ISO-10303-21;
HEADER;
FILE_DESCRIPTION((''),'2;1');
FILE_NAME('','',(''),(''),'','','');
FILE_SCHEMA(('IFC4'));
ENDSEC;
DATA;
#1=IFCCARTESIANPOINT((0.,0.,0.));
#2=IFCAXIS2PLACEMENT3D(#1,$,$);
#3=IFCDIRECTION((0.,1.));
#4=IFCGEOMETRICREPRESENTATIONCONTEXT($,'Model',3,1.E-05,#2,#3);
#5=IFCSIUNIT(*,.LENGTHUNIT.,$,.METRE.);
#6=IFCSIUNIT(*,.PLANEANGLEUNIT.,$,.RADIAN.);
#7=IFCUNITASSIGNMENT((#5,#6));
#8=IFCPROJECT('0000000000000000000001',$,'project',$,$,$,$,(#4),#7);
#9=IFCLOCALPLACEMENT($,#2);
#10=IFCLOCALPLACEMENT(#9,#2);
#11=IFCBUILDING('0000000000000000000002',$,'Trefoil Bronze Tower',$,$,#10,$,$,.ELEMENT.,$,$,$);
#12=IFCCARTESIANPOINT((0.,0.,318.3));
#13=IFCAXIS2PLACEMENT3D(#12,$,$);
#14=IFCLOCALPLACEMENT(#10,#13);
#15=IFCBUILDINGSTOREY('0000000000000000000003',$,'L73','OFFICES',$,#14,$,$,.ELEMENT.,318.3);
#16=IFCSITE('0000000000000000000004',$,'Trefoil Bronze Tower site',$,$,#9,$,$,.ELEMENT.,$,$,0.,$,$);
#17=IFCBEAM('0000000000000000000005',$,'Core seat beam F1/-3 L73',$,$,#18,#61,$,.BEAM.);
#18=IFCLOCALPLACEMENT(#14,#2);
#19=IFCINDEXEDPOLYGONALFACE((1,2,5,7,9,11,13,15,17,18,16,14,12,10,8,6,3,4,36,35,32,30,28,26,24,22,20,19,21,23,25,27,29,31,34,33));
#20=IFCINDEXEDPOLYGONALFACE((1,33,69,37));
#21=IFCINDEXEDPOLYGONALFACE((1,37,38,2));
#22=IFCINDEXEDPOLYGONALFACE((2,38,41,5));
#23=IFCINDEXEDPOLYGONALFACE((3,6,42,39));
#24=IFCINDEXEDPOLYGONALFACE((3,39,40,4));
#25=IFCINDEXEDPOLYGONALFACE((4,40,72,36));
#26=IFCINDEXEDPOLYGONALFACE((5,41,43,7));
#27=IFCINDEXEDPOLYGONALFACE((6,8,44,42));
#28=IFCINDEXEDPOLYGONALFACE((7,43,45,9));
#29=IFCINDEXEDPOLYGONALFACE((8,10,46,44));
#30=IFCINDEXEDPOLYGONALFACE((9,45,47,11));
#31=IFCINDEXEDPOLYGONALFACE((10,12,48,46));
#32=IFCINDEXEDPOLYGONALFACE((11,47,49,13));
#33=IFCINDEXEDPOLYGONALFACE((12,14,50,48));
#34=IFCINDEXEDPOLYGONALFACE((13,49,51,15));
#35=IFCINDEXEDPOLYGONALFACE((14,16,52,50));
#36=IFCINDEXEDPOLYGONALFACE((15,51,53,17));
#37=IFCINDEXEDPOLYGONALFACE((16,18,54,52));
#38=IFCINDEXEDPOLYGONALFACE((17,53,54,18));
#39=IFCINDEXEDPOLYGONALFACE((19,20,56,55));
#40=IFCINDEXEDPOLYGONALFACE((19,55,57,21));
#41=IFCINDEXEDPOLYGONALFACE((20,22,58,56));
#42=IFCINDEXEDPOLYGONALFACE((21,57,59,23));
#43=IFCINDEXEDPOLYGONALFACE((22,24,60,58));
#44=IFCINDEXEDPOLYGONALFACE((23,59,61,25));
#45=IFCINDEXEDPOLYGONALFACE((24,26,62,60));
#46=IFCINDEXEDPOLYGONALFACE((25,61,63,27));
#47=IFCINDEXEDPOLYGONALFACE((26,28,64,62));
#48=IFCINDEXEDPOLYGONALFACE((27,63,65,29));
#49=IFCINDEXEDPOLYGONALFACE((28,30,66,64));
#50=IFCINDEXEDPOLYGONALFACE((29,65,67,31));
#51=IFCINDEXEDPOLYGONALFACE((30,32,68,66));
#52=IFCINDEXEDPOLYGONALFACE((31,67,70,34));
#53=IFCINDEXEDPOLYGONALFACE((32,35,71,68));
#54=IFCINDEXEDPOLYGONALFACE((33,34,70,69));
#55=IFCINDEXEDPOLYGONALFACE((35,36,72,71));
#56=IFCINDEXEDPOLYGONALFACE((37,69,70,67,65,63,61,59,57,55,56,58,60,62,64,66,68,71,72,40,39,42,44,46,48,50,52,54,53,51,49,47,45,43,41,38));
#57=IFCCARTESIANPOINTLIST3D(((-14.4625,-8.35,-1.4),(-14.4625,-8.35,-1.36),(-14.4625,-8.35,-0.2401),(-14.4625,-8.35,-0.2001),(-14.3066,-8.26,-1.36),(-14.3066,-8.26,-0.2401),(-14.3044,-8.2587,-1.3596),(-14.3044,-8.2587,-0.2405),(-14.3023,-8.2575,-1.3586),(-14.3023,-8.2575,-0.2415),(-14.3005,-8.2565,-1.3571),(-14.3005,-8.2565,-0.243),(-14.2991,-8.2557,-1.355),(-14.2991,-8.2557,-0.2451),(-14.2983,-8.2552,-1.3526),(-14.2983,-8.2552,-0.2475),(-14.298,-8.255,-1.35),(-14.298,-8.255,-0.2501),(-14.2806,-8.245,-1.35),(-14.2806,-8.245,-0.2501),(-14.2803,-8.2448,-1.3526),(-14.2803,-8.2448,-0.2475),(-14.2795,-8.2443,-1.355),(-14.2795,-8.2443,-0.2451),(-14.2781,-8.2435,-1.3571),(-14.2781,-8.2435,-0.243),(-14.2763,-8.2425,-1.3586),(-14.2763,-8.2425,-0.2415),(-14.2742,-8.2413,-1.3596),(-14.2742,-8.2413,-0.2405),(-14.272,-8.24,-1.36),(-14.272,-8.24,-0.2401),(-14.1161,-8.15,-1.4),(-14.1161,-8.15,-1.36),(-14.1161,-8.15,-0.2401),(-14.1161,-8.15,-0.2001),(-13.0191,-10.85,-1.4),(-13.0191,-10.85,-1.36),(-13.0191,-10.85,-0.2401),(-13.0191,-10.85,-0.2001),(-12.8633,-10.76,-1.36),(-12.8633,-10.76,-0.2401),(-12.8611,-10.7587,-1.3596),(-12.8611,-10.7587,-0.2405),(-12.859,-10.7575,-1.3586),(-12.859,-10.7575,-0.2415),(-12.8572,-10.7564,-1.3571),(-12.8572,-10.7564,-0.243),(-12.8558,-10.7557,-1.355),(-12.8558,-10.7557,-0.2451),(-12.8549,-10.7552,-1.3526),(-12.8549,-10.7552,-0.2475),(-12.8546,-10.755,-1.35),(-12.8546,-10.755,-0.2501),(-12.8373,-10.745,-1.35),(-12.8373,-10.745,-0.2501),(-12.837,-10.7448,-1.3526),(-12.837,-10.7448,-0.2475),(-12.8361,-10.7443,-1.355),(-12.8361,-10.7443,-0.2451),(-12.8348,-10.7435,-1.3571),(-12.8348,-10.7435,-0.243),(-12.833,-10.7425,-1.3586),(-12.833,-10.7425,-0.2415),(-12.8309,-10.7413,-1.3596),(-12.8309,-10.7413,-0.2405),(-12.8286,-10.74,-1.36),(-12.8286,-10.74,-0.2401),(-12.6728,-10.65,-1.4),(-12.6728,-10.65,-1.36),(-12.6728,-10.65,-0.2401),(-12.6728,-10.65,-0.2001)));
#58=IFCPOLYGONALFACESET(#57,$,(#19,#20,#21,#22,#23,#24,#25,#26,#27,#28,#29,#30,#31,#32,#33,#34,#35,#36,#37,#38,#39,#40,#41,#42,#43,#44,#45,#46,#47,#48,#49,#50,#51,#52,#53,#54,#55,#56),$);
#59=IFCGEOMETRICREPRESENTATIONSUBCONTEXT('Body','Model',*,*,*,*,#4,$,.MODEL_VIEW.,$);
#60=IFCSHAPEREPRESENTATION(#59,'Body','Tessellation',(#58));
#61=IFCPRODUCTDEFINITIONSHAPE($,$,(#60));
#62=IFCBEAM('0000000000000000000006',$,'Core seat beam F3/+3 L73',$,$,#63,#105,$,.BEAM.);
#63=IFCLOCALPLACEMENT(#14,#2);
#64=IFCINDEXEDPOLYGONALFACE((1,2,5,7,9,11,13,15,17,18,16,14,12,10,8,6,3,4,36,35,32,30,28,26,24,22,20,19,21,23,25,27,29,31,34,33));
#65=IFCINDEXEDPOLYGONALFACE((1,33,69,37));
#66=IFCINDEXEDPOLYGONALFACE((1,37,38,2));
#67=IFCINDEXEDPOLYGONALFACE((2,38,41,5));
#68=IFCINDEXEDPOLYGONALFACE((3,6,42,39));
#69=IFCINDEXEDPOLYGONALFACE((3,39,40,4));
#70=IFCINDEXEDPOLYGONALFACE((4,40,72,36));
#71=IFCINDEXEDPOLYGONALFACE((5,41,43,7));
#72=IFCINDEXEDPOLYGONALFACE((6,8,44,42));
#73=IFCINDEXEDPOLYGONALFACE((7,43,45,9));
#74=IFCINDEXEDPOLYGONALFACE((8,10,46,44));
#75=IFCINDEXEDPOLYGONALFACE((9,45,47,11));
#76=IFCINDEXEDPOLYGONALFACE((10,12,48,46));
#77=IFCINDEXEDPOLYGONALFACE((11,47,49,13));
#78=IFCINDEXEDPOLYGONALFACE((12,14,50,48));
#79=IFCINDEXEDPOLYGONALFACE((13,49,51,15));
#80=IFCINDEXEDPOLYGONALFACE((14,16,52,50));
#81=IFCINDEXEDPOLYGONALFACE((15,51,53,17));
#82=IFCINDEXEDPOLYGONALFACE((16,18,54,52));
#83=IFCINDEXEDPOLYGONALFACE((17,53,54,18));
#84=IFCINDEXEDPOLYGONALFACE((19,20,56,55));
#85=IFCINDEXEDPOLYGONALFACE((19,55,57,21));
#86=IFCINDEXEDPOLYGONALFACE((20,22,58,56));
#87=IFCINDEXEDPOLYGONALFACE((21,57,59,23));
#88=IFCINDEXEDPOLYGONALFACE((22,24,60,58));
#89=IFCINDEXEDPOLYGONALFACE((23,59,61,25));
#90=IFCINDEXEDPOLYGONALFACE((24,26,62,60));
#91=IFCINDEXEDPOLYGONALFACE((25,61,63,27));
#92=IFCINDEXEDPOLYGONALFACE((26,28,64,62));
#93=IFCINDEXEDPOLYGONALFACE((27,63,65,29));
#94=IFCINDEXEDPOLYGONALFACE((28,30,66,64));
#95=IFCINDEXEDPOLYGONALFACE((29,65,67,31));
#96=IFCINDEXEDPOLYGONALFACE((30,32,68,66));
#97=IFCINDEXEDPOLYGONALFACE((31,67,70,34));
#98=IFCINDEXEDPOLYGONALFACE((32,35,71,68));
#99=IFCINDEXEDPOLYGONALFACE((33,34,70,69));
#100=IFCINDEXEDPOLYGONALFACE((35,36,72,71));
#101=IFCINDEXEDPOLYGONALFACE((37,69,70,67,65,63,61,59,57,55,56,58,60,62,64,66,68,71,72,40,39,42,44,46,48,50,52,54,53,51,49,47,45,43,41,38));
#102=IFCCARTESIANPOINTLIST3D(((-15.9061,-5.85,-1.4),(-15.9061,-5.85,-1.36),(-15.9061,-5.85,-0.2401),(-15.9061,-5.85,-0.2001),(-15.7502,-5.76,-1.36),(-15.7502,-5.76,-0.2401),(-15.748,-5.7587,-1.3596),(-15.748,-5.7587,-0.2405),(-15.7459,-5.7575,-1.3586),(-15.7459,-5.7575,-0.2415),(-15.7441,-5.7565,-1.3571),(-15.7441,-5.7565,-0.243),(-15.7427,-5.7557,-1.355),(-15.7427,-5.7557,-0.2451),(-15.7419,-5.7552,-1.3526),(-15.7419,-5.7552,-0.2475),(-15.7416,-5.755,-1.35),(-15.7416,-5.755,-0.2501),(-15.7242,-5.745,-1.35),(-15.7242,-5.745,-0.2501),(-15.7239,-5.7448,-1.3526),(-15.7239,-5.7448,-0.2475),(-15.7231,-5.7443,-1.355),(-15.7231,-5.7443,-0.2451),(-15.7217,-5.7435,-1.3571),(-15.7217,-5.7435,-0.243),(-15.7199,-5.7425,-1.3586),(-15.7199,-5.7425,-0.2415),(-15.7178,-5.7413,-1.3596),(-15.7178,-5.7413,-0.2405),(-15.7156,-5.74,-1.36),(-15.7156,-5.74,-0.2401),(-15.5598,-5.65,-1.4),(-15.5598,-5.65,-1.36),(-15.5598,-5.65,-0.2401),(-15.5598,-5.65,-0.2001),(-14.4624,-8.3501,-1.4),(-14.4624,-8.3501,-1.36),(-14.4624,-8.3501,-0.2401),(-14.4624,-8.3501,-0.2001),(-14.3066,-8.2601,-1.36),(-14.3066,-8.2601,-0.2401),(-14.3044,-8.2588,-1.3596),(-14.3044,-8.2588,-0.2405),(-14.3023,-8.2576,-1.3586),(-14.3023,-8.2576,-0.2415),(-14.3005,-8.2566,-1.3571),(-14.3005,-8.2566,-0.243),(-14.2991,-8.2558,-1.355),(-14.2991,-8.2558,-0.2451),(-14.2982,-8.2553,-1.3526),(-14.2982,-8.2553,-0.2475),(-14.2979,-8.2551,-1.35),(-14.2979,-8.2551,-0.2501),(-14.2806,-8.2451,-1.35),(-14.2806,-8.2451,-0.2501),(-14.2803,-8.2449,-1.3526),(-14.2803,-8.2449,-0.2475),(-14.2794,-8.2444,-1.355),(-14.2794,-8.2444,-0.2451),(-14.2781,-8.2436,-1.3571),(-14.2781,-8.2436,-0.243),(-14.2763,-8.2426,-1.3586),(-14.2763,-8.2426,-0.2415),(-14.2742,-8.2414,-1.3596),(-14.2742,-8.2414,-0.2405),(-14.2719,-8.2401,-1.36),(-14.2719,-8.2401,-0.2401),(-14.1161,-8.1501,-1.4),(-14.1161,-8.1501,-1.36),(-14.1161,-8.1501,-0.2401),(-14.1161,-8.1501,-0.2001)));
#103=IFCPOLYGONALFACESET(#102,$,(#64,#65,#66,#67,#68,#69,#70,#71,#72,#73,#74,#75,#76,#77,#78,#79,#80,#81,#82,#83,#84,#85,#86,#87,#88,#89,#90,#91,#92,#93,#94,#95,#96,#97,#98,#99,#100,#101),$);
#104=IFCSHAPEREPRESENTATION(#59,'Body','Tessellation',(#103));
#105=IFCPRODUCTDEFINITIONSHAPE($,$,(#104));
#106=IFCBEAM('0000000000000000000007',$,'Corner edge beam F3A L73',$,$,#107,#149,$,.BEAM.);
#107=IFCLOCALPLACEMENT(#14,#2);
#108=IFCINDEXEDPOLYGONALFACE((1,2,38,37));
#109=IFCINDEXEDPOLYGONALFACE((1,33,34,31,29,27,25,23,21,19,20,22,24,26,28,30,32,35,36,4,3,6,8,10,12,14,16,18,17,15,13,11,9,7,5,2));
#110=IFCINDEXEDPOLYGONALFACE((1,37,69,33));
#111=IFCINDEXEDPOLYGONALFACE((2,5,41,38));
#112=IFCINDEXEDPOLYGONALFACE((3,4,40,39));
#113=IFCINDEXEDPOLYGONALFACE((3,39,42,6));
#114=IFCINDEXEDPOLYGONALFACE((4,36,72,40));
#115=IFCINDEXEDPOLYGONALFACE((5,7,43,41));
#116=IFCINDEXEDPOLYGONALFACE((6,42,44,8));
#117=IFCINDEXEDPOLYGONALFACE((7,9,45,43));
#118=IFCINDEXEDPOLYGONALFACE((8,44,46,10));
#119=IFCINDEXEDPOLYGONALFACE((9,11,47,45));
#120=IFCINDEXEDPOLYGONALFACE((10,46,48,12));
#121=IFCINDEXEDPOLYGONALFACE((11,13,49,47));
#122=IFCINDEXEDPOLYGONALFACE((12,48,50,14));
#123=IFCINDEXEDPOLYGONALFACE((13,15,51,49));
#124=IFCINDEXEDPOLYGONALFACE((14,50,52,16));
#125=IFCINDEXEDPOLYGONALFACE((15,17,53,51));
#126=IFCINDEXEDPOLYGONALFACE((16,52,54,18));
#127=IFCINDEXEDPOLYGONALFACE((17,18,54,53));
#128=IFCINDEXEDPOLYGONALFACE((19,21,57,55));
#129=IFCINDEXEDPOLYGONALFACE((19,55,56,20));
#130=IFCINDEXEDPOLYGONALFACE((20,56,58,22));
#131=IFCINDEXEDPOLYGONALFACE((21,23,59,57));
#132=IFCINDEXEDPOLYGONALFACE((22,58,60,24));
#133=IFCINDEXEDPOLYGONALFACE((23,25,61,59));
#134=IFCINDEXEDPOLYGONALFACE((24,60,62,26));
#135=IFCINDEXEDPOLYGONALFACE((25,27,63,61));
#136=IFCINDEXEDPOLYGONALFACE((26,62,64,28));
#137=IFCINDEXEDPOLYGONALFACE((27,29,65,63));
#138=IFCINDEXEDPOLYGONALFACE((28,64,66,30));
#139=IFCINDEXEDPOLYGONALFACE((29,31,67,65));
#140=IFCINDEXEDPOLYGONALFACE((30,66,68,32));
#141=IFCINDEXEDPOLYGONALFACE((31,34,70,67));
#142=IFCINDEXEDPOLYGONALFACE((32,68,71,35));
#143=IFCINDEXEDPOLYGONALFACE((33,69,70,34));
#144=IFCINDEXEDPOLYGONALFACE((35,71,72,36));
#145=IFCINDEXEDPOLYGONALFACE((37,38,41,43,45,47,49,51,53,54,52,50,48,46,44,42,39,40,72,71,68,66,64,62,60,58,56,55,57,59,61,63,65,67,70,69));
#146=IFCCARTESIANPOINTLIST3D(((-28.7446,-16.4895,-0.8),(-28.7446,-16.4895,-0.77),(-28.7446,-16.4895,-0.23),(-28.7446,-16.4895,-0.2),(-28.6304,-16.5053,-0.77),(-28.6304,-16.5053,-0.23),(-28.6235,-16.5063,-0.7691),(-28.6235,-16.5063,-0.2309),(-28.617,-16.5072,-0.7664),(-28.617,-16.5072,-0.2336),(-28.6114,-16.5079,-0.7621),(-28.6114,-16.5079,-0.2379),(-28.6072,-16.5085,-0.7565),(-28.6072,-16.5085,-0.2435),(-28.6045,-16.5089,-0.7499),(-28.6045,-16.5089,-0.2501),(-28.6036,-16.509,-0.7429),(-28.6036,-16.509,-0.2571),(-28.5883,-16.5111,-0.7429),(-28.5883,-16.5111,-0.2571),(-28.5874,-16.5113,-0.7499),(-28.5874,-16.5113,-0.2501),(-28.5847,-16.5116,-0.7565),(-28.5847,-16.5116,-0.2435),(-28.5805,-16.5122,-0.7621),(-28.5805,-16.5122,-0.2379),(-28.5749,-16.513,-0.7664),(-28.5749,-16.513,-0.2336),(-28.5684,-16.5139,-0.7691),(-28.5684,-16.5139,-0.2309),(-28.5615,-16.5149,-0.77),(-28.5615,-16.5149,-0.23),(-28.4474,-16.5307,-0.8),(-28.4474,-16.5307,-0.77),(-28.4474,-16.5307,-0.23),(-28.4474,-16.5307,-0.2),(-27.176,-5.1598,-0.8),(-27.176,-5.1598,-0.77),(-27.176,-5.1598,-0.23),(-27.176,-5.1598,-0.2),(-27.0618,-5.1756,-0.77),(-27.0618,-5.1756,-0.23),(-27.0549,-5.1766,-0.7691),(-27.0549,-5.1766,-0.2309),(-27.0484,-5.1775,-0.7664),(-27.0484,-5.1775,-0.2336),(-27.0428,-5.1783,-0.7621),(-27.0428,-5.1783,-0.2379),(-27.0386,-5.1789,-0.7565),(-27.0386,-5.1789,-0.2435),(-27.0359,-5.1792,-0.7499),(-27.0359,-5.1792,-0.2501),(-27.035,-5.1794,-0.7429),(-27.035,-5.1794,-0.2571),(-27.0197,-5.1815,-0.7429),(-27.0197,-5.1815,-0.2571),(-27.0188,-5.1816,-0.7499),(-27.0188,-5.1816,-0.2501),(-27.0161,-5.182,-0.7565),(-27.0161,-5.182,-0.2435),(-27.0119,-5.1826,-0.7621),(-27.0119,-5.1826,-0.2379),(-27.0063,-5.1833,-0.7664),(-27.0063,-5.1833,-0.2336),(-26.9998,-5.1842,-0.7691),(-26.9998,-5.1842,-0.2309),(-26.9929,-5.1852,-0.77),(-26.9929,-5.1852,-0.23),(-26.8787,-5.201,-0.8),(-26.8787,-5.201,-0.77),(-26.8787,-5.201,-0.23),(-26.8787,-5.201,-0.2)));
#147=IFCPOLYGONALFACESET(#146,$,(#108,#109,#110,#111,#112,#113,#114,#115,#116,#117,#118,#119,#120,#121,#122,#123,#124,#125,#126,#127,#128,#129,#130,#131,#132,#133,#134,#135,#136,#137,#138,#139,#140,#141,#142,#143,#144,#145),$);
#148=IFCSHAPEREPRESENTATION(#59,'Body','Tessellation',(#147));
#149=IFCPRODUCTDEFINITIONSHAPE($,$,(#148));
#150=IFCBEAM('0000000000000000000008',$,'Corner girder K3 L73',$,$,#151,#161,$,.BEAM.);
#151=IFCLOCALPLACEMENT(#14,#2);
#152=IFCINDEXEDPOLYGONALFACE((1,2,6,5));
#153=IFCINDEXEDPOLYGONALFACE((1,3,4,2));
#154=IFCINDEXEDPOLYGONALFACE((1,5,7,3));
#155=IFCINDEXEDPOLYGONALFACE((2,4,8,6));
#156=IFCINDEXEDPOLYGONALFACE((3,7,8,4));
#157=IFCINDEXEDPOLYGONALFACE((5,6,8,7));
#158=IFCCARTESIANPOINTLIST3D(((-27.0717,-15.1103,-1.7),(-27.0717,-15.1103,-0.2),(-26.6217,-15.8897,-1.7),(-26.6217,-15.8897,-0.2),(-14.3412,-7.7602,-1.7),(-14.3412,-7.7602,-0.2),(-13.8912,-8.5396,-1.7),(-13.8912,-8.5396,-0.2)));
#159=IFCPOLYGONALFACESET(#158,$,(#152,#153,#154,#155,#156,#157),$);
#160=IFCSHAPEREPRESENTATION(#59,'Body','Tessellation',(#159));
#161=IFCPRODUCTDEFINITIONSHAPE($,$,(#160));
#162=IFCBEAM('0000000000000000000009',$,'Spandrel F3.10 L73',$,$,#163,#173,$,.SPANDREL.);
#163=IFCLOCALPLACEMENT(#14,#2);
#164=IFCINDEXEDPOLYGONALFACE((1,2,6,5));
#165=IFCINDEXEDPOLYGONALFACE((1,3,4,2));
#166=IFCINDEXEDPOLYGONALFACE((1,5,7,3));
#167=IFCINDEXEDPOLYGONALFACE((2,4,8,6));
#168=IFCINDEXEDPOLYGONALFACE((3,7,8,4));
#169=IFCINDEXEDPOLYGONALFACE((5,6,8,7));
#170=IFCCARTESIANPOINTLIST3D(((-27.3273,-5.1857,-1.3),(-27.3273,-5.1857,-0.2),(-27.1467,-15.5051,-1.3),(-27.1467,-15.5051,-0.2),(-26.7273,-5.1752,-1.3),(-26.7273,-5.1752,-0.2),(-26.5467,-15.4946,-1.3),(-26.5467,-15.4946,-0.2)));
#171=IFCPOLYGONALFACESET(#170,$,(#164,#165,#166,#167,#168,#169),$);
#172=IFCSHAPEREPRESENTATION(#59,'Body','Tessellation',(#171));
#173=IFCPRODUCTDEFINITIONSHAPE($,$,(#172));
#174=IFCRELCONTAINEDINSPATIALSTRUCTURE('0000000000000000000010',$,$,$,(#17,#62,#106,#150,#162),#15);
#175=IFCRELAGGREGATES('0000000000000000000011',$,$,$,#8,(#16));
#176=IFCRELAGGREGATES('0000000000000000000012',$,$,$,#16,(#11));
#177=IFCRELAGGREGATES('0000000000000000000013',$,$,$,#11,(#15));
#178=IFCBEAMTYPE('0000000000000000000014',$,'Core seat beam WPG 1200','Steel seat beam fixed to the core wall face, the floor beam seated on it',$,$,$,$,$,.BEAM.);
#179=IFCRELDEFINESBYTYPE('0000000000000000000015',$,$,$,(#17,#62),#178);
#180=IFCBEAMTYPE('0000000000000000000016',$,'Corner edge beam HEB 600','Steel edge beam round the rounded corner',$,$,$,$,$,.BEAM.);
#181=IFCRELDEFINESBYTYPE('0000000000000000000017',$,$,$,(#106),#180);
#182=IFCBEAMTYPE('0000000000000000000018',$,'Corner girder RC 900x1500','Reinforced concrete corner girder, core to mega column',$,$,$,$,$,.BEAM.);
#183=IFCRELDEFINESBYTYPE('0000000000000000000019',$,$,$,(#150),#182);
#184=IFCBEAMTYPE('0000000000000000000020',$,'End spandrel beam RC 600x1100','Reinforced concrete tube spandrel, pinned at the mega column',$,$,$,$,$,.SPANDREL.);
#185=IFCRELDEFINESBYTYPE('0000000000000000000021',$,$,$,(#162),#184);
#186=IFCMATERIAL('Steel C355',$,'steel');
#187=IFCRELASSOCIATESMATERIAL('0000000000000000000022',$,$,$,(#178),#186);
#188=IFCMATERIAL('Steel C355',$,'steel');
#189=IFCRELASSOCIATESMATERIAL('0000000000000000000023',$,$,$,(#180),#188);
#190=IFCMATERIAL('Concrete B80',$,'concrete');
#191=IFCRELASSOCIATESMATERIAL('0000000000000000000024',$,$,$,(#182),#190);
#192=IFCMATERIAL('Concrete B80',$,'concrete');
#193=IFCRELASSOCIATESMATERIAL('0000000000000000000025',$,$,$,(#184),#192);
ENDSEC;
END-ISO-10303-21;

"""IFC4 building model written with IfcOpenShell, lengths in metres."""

from ifc_helpers import new_model, si_unit, direction, frame, origin, origin_2d, place, context, subcontext, project, spatial, rectangle, i_section, extrude, material, material_profile, profile_set, type_object, element, save


model = new_model("IFC4")

# Units and contexts
model_context = context("Model", 3, precision=1e-05, world=origin(), true_north=direction((0.0, 1.0)))
body_context = subcontext(model_context, "Body", "Model", "MODEL_VIEW")
ifc_project = project(units=[si_unit("LENGTHUNIT", "METRE"), si_unit("PLANEANGLEUNIT", "RADIAN")], contexts=[model_context])

# Site, building, storey
site_placement = place(None, origin())
site = spatial("IfcSite", under=ifc_project, at=site_placement, Name="Trefoil Bronze Tower site", CompositionType="ELEMENT", RefElevation=0.0)
building_placement = place(site_placement, origin())
building = spatial("IfcBuilding", under=site, at=building_placement, Name="Trefoil Bronze Tower", CompositionType="ELEMENT")
storey_placement = place(building_placement, frame((0.0, 0.0, 318.3)))
storey = spatial("IfcBuildingStorey", under=building, at=storey_placement, Name="L73", Description="OFFICES", CompositionType="ELEMENT", Elevation=318.3)

# Beams
ifc_material_1 = material(Name="Steel C355", Category="steel")
ifc_material_profile_1 = material_profile(ifc_material_1, i_section(OverallWidth=0.3999, OverallDepth=1.2, WebThickness=0.02, FlangeThickness=0.04, FilletRadius=0.01, at=origin_2d()), Name="WPG 1200")
ifc_profile_set_1 = profile_set([ifc_material_profile_1], Name="Steel C355")
beam_type_1 = type_object("IfcBeamType", Name="Core seat beam WPG 1200", Description="Steel seat beam fixed to the core wall face, the floor beam seated on it", PredefinedType="BEAM", material=ifc_profile_set_1)
beam_1_placement = place(storey_placement, frame((-14.2893, -8.25, -0.8), z_axis=(0.499996, -0.866028, 0.0), x_axis=(0.866028, 0.499996, 0.0)))
element("IfcBeam", 1, at=beam_1_placement, inside=storey, type_object=beam_type_1, Name="Core seat beam F1/-3 L73", PredefinedType="BEAM", context=body_context, shape_type="SweptSolid", body=[
    extrude(i_section(OverallWidth=0.3999, OverallDepth=1.2, WebThickness=0.02, FlangeThickness=0.04, FilletRadius=0.01, at=origin_2d()), origin(), (0.0, 0.0, 1.0), 2.8867),
])
beam_2_placement = place(storey_placement, frame((-15.7329, -5.75, -0.8), z_axis=(0.500059, -0.865991, 0.0), x_axis=(0.865991, 0.500059, 0.0)))
element("IfcBeam", 2, at=beam_2_placement, inside=storey, type_object=beam_type_1, Name="Core seat beam F3/+3 L73", PredefinedType="BEAM", context=body_context, shape_type="SweptSolid", body=[
    extrude(i_section(OverallWidth=0.3999, OverallDepth=1.2, WebThickness=0.02, FlangeThickness=0.04, FilletRadius=0.01, at=origin_2d()), origin(), (0.0, 0.0, 1.0), 2.887),
])
ifc_material_2 = material(Name="Steel C355", Category="steel")
ifc_material_profile_2 = material_profile(ifc_material_2, i_section(OverallWidth=0.3, OverallDepth=0.6001, WebThickness=0.0154, FlangeThickness=0.03, FilletRadius=0.0271, at=origin_2d()), Name="HEB 600")
ifc_profile_set_2 = profile_set([ifc_material_profile_2], Name="Steel C355")
beam_type_2 = type_object("IfcBeamType", Name="Corner edge beam HEB 600", Description="Steel edge beam round the rounded corner", PredefinedType="BEAM", material=ifc_profile_set_2)
beam_3_placement = place(storey_placement, frame((-27.0273, -5.1804, -0.5), z_axis=(-0.137144, -0.990551, 0.0), x_axis=(0.990551, -0.137144, 0.0)))
element("IfcBeam", 3, at=beam_3_placement, inside=storey, type_object=beam_type_2, Name="Corner edge beam F3A L73", PredefinedType="BEAM", context=body_context, shape_type="SweptSolid", body=[
    extrude(i_section(OverallWidth=0.3, OverallDepth=0.6001, WebThickness=0.0154, FlangeThickness=0.03, FilletRadius=0.0271, at=origin_2d()), origin(), (0.0, 0.0, 1.0), 11.4377),
])
ifc_material_3 = material(Name="Concrete B80", Category="concrete")
ifc_material_profile_3 = material_profile(ifc_material_3, rectangle(XDim=0.8999, YDim=1.5, at=origin_2d()), Name="RC 900x1500")
ifc_profile_set_3 = profile_set([ifc_material_profile_3], Name="Concrete B80")
beam_type_3 = type_object("IfcBeamType", Name="Corner girder RC 900x1500", Description="Reinforced concrete corner girder, core to mega column", PredefinedType="BEAM", material=ifc_profile_set_3)
beam_4_placement = place(storey_placement, frame((-14.1162, -8.1499, -0.95), z_axis=(-0.866021, -0.500008, 0.0), x_axis=(0.500008, -0.866021, 0.0)))
element("IfcBeam", 4, at=beam_4_placement, inside=storey, type_object=beam_type_3, Name="Corner girder K3 L73", PredefinedType="BEAM", context=body_context, shape_type="SweptSolid", body=[
    extrude(rectangle(XDim=0.8999, YDim=1.5, at=origin_2d()), origin(), (0.0, 0.0, 1.0), 14.7),
])
ifc_material_4 = material(Name="Concrete B80", Category="concrete")
ifc_material_profile_4 = material_profile(ifc_material_4, rectangle(XDim=0.6001, YDim=1.1001, at=origin_2d()), Name="RC 600x1100")
ifc_profile_set_4 = profile_set([ifc_material_profile_4], Name="Concrete B80")
beam_type_4 = type_object("IfcBeamType", Name="End spandrel beam RC 600x1100", Description="Reinforced concrete tube spandrel, pinned at the mega column", PredefinedType="SPANDREL", material=ifc_profile_set_4)
beam_5_placement = place(storey_placement, frame((-27.0273, -5.1804, -0.75), z_axis=(0.017504, -0.999847, 0.0), x_axis=(0.999847, 0.017504, 0.0)))
element("IfcBeam", 5, at=beam_5_placement, inside=storey, type_object=beam_type_4, Name="Spandrel F3.10 L73", PredefinedType="SPANDREL", context=body_context, shape_type="SweptSolid", body=[
    extrude(rectangle(XDim=0.6001, YDim=1.1001, at=origin_2d()), origin(), (0.0, 0.0, 1.0), 10.321),
])

save(model, "model.ifc")
